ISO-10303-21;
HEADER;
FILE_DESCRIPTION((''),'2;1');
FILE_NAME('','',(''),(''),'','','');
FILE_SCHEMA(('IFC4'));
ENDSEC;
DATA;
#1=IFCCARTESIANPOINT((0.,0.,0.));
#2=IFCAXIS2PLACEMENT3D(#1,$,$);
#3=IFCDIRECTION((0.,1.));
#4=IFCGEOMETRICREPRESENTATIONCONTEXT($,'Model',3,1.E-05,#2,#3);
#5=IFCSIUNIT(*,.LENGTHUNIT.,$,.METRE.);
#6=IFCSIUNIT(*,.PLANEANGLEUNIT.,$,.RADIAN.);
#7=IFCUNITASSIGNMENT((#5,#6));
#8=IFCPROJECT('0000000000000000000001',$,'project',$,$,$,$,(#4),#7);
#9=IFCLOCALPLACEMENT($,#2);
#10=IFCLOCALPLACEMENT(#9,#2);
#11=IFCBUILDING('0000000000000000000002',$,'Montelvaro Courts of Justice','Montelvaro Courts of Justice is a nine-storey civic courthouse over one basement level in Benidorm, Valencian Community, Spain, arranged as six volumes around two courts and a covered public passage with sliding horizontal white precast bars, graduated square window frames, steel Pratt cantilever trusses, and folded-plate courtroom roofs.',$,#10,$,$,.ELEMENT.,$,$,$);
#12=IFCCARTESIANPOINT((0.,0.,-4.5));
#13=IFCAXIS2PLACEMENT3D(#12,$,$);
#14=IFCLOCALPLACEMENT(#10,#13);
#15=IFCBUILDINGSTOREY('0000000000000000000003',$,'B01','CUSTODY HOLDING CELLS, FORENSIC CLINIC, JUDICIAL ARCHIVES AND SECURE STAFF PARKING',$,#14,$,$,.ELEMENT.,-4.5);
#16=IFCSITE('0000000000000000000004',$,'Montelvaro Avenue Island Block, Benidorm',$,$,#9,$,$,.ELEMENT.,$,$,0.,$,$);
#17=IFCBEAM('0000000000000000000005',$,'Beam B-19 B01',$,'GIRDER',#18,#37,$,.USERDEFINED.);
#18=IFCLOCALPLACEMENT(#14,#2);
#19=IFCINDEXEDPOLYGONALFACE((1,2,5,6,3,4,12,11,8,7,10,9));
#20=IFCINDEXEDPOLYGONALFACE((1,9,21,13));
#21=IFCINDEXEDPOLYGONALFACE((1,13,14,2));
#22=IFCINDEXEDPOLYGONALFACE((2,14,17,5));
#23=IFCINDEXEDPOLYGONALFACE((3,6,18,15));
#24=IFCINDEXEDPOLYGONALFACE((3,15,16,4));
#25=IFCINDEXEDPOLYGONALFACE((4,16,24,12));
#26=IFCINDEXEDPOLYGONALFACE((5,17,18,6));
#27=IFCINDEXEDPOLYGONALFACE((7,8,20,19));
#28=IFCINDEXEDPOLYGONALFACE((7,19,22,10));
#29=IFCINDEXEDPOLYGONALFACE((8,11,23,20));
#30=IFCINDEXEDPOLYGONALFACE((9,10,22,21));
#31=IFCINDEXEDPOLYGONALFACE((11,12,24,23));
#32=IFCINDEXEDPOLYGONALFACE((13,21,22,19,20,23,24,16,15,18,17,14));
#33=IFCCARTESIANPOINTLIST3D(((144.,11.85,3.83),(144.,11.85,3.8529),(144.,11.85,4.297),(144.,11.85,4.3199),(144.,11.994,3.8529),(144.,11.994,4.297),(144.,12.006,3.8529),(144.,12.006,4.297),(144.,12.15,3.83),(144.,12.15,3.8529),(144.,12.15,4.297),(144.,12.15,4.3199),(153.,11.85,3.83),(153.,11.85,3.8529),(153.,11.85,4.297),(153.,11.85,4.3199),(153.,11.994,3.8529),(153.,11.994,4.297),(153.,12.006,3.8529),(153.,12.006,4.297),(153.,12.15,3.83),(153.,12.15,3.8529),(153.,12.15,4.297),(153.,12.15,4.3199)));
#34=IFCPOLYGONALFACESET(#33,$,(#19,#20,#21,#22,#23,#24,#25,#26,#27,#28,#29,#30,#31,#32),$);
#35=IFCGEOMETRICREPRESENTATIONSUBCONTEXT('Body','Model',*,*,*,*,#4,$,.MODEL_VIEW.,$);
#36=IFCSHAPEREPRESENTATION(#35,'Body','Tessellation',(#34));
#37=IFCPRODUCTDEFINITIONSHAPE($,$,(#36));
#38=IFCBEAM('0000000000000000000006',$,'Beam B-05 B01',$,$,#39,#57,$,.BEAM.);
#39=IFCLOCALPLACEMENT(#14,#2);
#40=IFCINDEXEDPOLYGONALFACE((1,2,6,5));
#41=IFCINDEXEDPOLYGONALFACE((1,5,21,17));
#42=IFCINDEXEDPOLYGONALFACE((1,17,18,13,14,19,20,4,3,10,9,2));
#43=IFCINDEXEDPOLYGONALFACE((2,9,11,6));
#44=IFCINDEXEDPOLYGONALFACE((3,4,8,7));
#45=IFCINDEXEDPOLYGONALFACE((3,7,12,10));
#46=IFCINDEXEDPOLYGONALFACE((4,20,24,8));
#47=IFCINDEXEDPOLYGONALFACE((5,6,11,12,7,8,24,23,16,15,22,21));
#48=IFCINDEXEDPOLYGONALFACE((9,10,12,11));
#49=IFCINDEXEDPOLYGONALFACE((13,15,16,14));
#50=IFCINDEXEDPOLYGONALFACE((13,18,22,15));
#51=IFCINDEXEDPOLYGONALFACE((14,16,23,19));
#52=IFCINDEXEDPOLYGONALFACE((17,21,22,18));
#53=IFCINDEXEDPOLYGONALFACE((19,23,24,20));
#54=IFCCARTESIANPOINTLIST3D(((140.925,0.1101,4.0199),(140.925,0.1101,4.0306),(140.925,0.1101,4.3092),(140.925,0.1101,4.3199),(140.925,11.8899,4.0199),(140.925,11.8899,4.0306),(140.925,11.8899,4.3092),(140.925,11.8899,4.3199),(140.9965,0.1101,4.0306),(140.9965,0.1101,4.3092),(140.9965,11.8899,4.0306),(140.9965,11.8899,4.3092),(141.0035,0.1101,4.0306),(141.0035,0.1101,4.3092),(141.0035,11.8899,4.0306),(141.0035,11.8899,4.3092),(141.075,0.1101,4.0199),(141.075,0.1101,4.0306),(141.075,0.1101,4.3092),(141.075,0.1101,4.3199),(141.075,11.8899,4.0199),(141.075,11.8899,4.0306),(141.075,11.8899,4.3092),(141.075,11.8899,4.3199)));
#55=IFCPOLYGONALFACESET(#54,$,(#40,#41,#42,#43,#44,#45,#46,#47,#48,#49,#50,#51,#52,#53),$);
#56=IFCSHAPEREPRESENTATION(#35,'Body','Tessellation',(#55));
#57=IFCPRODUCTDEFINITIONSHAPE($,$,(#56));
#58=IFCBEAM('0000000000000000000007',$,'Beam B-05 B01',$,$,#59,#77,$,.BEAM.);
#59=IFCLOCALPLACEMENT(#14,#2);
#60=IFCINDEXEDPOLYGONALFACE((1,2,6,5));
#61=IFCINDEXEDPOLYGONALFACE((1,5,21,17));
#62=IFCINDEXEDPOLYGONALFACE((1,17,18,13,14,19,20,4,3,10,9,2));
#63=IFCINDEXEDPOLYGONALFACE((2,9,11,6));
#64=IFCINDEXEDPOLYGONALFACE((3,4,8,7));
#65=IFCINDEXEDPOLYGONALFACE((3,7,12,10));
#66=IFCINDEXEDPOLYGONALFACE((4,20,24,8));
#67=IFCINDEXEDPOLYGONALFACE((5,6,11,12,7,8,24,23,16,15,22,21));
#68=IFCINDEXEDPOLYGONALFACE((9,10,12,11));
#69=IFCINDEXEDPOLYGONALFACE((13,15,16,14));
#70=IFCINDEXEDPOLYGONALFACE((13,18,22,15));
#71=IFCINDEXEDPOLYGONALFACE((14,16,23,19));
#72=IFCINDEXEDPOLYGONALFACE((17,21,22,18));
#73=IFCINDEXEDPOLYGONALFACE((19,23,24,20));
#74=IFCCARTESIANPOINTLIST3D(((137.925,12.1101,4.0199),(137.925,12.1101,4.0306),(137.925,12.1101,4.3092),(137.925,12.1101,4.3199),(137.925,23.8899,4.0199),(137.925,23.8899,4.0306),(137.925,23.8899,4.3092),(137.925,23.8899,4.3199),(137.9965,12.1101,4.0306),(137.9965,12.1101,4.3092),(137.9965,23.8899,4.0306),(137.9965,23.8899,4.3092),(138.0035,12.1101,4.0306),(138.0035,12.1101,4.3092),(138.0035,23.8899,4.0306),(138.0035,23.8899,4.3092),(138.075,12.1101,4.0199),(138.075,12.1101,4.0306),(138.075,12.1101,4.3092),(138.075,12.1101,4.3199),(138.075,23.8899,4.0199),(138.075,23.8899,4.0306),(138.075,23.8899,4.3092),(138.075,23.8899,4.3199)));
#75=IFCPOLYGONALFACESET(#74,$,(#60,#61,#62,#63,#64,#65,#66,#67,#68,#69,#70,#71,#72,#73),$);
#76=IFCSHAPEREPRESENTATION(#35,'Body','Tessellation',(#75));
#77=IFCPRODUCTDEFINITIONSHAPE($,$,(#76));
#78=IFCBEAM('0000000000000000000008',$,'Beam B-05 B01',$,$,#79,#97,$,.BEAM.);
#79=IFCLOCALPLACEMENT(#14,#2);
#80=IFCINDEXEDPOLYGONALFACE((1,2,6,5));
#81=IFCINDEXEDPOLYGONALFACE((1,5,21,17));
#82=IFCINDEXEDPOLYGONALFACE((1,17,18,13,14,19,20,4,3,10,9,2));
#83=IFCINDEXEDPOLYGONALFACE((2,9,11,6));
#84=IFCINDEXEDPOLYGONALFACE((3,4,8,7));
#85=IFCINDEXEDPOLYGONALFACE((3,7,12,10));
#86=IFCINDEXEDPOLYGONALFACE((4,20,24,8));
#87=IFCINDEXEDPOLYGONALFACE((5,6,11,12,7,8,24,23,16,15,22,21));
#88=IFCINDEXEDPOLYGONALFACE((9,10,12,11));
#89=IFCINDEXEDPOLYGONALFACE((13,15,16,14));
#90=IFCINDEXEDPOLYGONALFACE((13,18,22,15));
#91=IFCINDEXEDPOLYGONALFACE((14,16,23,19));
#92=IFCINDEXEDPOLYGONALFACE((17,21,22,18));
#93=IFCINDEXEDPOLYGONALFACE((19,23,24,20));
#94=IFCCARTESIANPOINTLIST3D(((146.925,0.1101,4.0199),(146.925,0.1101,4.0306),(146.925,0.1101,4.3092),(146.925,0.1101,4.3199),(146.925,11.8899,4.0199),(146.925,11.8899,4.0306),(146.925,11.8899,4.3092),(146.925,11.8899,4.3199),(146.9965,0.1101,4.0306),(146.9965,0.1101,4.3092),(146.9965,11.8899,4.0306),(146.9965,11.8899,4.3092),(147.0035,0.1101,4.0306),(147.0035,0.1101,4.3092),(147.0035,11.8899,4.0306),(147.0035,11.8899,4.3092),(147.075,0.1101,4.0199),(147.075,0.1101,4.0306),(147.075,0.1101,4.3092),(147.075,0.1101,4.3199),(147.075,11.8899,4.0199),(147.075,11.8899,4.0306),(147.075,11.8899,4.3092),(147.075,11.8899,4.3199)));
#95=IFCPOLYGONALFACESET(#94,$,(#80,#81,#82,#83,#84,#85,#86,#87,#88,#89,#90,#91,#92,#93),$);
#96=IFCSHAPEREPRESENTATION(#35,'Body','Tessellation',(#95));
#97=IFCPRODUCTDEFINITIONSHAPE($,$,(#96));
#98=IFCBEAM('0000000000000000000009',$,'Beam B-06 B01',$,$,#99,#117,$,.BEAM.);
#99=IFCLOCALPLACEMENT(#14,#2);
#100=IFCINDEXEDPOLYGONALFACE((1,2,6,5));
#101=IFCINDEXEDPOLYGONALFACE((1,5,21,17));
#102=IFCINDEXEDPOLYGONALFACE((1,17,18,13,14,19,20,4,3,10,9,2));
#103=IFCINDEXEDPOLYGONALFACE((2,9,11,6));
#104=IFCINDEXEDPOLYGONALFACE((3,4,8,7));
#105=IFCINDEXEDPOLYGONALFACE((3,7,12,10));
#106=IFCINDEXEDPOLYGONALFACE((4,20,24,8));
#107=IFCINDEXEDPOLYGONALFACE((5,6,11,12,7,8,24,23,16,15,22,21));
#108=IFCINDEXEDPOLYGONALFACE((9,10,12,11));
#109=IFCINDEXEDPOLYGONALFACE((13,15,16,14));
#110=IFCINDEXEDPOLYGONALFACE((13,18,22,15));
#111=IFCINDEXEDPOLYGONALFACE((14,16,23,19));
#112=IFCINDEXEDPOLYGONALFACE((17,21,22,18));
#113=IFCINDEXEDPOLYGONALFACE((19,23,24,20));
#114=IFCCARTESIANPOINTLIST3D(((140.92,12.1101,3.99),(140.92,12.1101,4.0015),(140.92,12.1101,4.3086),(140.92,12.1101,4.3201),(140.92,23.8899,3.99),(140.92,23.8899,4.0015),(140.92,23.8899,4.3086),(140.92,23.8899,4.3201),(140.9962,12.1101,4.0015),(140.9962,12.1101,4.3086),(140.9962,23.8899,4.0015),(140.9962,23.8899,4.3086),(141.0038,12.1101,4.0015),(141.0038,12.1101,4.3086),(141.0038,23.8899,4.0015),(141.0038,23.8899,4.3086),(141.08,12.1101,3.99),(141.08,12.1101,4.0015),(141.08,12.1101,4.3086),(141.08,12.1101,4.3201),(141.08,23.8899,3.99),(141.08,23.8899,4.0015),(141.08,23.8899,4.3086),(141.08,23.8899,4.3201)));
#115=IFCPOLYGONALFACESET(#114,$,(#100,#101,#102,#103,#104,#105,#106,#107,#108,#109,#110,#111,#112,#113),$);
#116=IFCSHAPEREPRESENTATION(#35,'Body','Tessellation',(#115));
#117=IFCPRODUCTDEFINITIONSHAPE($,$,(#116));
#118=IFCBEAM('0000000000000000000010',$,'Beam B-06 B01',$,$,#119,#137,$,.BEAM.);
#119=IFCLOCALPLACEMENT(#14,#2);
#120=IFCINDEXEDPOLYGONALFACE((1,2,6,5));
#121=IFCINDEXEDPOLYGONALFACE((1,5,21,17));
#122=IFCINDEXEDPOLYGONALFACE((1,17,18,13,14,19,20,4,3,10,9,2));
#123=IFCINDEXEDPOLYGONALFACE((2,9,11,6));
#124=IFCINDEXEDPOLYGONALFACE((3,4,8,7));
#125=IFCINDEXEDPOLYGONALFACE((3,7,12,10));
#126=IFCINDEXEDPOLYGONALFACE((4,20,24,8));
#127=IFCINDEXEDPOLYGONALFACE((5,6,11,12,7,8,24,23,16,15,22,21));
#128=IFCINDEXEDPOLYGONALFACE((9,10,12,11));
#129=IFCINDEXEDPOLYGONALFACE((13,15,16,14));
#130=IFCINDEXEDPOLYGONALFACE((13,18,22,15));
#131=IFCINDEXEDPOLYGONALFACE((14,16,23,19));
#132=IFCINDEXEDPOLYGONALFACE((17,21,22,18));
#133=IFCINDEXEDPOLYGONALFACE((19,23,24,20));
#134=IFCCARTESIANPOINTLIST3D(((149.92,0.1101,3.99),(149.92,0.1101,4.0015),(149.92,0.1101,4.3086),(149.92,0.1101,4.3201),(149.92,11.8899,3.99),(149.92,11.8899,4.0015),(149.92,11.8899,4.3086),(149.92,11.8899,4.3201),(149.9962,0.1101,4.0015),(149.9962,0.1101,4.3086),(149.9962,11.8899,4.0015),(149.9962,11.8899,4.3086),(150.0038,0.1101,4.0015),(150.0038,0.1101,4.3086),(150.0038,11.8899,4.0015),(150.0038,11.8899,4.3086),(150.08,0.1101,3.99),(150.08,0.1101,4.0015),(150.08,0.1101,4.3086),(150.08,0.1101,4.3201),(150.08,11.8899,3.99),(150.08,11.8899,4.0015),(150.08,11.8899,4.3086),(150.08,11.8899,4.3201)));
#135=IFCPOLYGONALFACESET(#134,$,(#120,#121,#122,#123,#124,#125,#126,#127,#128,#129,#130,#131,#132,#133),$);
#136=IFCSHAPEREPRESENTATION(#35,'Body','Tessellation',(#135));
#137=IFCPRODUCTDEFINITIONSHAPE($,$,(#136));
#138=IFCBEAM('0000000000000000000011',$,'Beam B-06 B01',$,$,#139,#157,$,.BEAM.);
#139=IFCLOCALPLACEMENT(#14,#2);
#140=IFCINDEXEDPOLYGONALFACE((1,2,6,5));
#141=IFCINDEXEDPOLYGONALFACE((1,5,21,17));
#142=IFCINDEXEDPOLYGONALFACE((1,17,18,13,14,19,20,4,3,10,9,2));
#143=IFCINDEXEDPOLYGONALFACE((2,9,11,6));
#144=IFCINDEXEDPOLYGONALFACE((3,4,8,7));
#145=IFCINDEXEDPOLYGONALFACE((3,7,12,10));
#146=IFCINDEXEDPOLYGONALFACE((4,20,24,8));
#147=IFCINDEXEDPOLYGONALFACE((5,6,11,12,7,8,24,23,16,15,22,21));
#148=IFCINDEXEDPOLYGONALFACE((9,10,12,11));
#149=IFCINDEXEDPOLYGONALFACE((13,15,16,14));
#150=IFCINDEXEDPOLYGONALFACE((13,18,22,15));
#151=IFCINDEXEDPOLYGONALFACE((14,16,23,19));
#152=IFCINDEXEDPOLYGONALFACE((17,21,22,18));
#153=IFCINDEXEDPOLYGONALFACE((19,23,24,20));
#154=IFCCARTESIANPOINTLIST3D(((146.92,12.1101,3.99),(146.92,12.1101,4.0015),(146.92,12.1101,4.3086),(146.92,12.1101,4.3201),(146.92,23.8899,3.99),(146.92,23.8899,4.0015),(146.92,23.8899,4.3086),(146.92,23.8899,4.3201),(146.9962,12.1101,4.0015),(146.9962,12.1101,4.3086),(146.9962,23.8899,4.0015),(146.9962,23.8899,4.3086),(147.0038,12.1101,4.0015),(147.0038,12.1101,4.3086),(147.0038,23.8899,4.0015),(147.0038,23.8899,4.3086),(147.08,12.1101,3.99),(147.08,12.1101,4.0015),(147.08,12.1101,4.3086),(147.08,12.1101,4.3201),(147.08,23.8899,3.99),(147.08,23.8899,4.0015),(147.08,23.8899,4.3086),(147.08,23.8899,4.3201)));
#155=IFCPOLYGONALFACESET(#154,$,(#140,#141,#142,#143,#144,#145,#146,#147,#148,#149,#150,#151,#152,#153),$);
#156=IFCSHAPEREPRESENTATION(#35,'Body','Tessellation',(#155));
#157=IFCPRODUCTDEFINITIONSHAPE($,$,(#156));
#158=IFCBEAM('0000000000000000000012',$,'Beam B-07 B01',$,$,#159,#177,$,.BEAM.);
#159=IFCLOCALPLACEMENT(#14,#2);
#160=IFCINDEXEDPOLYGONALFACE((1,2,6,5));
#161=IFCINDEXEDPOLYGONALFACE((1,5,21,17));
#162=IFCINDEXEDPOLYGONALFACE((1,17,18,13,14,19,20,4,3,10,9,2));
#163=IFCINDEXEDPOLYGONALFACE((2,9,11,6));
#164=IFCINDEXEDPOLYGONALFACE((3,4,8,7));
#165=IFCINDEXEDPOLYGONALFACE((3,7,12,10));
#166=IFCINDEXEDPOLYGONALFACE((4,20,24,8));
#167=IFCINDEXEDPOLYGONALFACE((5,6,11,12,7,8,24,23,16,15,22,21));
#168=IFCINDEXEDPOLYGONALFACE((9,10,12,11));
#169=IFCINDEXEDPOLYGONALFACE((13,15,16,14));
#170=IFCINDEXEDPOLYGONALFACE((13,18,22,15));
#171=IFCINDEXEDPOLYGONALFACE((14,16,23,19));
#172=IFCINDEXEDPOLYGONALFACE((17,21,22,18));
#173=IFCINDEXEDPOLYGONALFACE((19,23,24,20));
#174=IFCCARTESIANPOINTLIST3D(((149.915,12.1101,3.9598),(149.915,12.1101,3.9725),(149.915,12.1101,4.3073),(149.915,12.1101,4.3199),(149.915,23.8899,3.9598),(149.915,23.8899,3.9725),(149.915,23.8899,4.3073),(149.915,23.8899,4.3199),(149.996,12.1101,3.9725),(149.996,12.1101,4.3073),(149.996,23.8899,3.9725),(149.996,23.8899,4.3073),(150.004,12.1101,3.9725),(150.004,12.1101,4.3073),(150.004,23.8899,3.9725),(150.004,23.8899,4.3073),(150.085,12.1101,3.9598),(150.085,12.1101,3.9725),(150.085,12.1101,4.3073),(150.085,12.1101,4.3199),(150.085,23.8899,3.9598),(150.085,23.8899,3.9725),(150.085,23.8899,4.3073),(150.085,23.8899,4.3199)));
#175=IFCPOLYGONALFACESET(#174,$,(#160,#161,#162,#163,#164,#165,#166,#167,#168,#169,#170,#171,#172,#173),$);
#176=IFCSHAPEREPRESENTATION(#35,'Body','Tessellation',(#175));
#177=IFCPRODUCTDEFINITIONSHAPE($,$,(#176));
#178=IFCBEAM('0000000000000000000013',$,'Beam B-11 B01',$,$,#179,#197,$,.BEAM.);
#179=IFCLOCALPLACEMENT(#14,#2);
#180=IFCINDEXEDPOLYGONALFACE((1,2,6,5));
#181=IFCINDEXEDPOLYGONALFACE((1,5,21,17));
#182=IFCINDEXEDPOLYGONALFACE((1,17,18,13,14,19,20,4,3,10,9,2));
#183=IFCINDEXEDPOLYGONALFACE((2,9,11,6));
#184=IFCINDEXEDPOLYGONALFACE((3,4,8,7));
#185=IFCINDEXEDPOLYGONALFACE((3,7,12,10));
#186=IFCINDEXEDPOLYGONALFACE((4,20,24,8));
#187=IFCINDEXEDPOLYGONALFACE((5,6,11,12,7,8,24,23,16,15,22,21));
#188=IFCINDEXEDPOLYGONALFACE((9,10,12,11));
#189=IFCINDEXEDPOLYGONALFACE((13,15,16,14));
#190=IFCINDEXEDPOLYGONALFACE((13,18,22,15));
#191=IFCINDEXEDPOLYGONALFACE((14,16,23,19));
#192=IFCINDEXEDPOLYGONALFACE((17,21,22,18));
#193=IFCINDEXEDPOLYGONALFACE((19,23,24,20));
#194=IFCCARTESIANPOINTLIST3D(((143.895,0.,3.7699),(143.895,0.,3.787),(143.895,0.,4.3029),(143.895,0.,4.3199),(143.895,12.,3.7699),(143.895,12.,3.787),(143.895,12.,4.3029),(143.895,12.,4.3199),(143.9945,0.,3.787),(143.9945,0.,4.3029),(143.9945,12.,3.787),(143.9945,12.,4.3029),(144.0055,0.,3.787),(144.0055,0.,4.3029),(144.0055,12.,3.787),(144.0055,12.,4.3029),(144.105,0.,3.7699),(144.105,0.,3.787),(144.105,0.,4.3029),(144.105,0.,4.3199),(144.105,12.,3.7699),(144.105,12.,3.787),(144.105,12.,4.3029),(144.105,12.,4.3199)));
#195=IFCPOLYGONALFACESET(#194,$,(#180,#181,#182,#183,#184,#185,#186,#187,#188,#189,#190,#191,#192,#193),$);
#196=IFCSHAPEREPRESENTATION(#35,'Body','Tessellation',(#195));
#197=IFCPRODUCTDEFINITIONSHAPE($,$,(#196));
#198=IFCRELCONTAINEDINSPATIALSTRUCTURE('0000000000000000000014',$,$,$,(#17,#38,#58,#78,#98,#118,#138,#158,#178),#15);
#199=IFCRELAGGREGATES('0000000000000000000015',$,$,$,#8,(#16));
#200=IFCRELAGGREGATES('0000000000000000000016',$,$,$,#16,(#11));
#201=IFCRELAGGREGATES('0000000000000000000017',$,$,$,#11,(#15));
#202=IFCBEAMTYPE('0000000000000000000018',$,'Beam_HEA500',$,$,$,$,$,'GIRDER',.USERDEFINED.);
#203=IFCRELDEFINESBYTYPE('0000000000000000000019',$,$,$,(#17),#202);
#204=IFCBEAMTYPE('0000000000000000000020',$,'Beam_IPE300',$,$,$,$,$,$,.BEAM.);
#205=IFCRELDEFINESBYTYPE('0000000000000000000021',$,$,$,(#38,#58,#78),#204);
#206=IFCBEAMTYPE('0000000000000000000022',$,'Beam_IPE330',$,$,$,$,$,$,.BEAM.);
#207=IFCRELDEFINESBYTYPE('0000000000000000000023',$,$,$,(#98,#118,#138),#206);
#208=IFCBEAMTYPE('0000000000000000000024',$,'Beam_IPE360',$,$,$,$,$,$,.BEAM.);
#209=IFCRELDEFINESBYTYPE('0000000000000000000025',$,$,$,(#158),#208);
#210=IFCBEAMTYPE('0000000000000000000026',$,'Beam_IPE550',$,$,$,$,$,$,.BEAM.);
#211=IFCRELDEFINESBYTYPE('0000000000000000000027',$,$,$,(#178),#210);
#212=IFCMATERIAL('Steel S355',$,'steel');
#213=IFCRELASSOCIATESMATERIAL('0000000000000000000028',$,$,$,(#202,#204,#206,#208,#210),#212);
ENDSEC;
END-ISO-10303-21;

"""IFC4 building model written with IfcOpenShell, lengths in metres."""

from ifc_helpers import new_model, si_unit, direction, frame, origin, origin_2d, place, context, subcontext, project, spatial, i_section, extrude, material, material_profile, profile_set, type_object, element, save


model = new_model("IFC4")

# Units and contexts
model_context = context("Model", 3, precision=1e-05, world=origin(), true_north=direction((0.0, 1.0)))
body_context = subcontext(model_context, "Body", "Model", "MODEL_VIEW")
ifc_project = project(units=[si_unit("LENGTHUNIT", "METRE"), si_unit("PLANEANGLEUNIT", "RADIAN")], contexts=[model_context])

# Site, building, storey
site_placement = place(None, origin())
site = spatial("IfcSite", under=ifc_project, at=site_placement, Name="Montelvaro Avenue Island Block, Benidorm", CompositionType="ELEMENT", RefElevation=0.0)
building_placement = place(site_placement, origin())
building = spatial("IfcBuilding", under=site, at=building_placement, Name="Montelvaro Courts of Justice", Description="Montelvaro Courts of Justice is a nine-storey civic courthouse over one basement level in Benidorm, Valencian Community, Spain, arranged as six volumes around two courts and a covered public passage with sliding horizontal white precast bars, graduated square window frames, steel Pratt cantilever trusses, and folded-plate courtroom roofs.", CompositionType="ELEMENT")
storey_placement = place(building_placement, frame((0.0, 0.0, -4.5)))
storey = spatial("IfcBuildingStorey", under=building, at=storey_placement, Name="B01", Description="CUSTODY HOLDING CELLS, FORENSIC CLINIC, JUDICIAL ARCHIVES AND SECURE STAFF PARKING", CompositionType="ELEMENT", Elevation=-4.5)

# Beams
ifc_material_1 = material(Name="Steel S355", Category="steel")
ifc_material_profile_1 = material_profile(ifc_material_1, i_section(OverallWidth=0.3, OverallDepth=0.49, WebThickness=0.012, FlangeThickness=0.0229, at=origin_2d()), Name="HEA 500")
ifc_profile_set_1 = profile_set([ifc_material_profile_1], Name="Steel S355")
beam_type_1 = type_object("IfcBeamType", Name="Beam_HEA500", ElementType="GIRDER", PredefinedType="USERDEFINED", material=ifc_profile_set_1)
beam_1_placement = place(storey_placement, frame((144.0, 12.0, 4.075), z_axis=(1.0, 0.0, 0.0), x_axis=(0.0, 1.0, 0.0)))
element("IfcBeam", 1, at=beam_1_placement, inside=storey, type_object=beam_type_1, Name="Beam B-19 B01", ObjectType="GIRDER", PredefinedType="USERDEFINED", context=body_context, shape_type="SweptSolid", body=[
    extrude(i_section(OverallWidth=0.3, OverallDepth=0.49, WebThickness=0.012, FlangeThickness=0.0229, at=origin_2d()), origin(), (0.0, 0.0, 1.0), 9.0),
])
ifc_material_profile_2 = material_profile(ifc_material_1, i_section(OverallWidth=0.1499, OverallDepth=0.3, WebThickness=0.0071, FlangeThickness=0.0107, at=origin_2d()), Name="IPE 300")
ifc_profile_set_2 = profile_set([ifc_material_profile_2], Name="Steel S355")
beam_type_2 = type_object("IfcBeamType", Name="Beam_IPE300", PredefinedType="BEAM", material=ifc_profile_set_2)
for number, where, z_axis, x_axis, name in (
    (2, (141.0, 0.1101, 4.1699), (0.0, 1.0, 0.0), (-1.0, 0.0, 0.0), "Beam B-05 B01"),
    (3, (138.0, 12.1101, 4.1699), (0.0, 1.0, 0.0), (-1.0, 0.0, 0.0), "Beam B-05 B01"),
    (4, (147.0, 0.1101, 4.1699), (0.0, 1.0, 0.0), (-1.0, 0.0, 0.0), "Beam B-05 B01"),
):
    element("IfcBeam", number, at=place(storey_placement, frame(where, z_axis=z_axis, x_axis=x_axis)), inside=storey, type_object=beam_type_2, Name=name, PredefinedType="BEAM", context=body_context, shape_type="SweptSolid", body=[
        extrude(i_section(OverallWidth=0.1499, OverallDepth=0.3, WebThickness=0.0071, FlangeThickness=0.0107, at=origin_2d()), origin(), (0.0, 0.0, 1.0), 11.7798),
    ])
ifc_material_profile_3 = material_profile(ifc_material_1, i_section(OverallWidth=0.1599, OverallDepth=0.3301, WebThickness=0.0076, FlangeThickness=0.0115, at=origin_2d()), Name="IPE 330")
ifc_profile_set_3 = profile_set([ifc_material_profile_3], Name="Steel S355")
beam_type_3 = type_object("IfcBeamType", Name="Beam_IPE330", PredefinedType="BEAM", material=ifc_profile_set_3)
for number, where, z_axis, x_axis, name in (
    (5, (141.0, 12.1101, 4.155), (0.0, 1.0, 0.0), (-1.0, 0.0, 0.0), "Beam B-06 B01"),
    (6, (150.0, 0.1101, 4.155), (0.0, 1.0, 0.0), (-1.0, 0.0, 0.0), "Beam B-06 B01"),
    (7, (147.0, 12.1101, 4.155), (0.0, 1.0, 0.0), (-1.0, 0.0, 0.0), "Beam B-06 B01"),
):
    element("IfcBeam", number, at=place(storey_placement, frame(where, z_axis=z_axis, x_axis=x_axis)), inside=storey, type_object=beam_type_3, Name=name, PredefinedType="BEAM", context=body_context, shape_type="SweptSolid", body=[
        extrude(i_section(OverallWidth=0.1599, OverallDepth=0.3301, WebThickness=0.0076, FlangeThickness=0.0115, at=origin_2d()), origin(), (0.0, 0.0, 1.0), 11.7798),
    ])
ifc_material_profile_4 = material_profile(ifc_material_1, i_section(OverallWidth=0.1699, OverallDepth=0.3601, WebThickness=0.0081, FlangeThickness=0.0127, at=origin_2d()), Name="IPE 360")
ifc_profile_set_4 = profile_set([ifc_material_profile_4], Name="Steel S355")
beam_type_4 = type_object("IfcBeamType", Name="Beam_IPE360", PredefinedType="BEAM", material=ifc_profile_set_4)
beam_2_placement = place(storey_placement, frame((150.0, 12.1101, 4.1399), z_axis=(0.0, 1.0, 0.0), x_axis=(-1.0, 0.0, 0.0)))
element("IfcBeam", 8, at=beam_2_placement, inside=storey, type_object=beam_type_4, Name="Beam B-07 B01", PredefinedType="BEAM", context=body_context, shape_type="SweptSolid", body=[
    extrude(i_section(OverallWidth=0.1699, OverallDepth=0.3601, WebThickness=0.0081, FlangeThickness=0.0127, at=origin_2d()), origin(), (0.0, 0.0, 1.0), 11.7798),
])
ifc_material_profile_5 = material_profile(ifc_material_1, i_section(OverallWidth=0.21, OverallDepth=0.55, WebThickness=0.011, FlangeThickness=0.0171, at=origin_2d()), Name="IPE 550")
ifc_profile_set_5 = profile_set([ifc_material_profile_5], Name="Steel S355")
beam_type_5 = type_object("IfcBeamType", Name="Beam_IPE550", PredefinedType="BEAM", material=ifc_profile_set_5)
for number, where, z_axis, x_axis, name in (
    (9, (144.0, 0.0, 4.0449), (0.0, 1.0, 0.0), (-1.0, 0.0, 0.0), "Beam B-11 B01"),
):
    element("IfcBeam", number, at=place(storey_placement, frame(where, z_axis=z_axis, x_axis=x_axis)), inside=storey, type_object=beam_type_5, Name=name, PredefinedType="BEAM", context=body_context, shape_type="SweptSolid", body=[
        extrude(i_section(OverallWidth=0.21, OverallDepth=0.55, WebThickness=0.011, FlangeThickness=0.0171, at=origin_2d()), origin(), (0.0, 0.0, 1.0), 12.0),
    ])

save(model, "model.ifc")
